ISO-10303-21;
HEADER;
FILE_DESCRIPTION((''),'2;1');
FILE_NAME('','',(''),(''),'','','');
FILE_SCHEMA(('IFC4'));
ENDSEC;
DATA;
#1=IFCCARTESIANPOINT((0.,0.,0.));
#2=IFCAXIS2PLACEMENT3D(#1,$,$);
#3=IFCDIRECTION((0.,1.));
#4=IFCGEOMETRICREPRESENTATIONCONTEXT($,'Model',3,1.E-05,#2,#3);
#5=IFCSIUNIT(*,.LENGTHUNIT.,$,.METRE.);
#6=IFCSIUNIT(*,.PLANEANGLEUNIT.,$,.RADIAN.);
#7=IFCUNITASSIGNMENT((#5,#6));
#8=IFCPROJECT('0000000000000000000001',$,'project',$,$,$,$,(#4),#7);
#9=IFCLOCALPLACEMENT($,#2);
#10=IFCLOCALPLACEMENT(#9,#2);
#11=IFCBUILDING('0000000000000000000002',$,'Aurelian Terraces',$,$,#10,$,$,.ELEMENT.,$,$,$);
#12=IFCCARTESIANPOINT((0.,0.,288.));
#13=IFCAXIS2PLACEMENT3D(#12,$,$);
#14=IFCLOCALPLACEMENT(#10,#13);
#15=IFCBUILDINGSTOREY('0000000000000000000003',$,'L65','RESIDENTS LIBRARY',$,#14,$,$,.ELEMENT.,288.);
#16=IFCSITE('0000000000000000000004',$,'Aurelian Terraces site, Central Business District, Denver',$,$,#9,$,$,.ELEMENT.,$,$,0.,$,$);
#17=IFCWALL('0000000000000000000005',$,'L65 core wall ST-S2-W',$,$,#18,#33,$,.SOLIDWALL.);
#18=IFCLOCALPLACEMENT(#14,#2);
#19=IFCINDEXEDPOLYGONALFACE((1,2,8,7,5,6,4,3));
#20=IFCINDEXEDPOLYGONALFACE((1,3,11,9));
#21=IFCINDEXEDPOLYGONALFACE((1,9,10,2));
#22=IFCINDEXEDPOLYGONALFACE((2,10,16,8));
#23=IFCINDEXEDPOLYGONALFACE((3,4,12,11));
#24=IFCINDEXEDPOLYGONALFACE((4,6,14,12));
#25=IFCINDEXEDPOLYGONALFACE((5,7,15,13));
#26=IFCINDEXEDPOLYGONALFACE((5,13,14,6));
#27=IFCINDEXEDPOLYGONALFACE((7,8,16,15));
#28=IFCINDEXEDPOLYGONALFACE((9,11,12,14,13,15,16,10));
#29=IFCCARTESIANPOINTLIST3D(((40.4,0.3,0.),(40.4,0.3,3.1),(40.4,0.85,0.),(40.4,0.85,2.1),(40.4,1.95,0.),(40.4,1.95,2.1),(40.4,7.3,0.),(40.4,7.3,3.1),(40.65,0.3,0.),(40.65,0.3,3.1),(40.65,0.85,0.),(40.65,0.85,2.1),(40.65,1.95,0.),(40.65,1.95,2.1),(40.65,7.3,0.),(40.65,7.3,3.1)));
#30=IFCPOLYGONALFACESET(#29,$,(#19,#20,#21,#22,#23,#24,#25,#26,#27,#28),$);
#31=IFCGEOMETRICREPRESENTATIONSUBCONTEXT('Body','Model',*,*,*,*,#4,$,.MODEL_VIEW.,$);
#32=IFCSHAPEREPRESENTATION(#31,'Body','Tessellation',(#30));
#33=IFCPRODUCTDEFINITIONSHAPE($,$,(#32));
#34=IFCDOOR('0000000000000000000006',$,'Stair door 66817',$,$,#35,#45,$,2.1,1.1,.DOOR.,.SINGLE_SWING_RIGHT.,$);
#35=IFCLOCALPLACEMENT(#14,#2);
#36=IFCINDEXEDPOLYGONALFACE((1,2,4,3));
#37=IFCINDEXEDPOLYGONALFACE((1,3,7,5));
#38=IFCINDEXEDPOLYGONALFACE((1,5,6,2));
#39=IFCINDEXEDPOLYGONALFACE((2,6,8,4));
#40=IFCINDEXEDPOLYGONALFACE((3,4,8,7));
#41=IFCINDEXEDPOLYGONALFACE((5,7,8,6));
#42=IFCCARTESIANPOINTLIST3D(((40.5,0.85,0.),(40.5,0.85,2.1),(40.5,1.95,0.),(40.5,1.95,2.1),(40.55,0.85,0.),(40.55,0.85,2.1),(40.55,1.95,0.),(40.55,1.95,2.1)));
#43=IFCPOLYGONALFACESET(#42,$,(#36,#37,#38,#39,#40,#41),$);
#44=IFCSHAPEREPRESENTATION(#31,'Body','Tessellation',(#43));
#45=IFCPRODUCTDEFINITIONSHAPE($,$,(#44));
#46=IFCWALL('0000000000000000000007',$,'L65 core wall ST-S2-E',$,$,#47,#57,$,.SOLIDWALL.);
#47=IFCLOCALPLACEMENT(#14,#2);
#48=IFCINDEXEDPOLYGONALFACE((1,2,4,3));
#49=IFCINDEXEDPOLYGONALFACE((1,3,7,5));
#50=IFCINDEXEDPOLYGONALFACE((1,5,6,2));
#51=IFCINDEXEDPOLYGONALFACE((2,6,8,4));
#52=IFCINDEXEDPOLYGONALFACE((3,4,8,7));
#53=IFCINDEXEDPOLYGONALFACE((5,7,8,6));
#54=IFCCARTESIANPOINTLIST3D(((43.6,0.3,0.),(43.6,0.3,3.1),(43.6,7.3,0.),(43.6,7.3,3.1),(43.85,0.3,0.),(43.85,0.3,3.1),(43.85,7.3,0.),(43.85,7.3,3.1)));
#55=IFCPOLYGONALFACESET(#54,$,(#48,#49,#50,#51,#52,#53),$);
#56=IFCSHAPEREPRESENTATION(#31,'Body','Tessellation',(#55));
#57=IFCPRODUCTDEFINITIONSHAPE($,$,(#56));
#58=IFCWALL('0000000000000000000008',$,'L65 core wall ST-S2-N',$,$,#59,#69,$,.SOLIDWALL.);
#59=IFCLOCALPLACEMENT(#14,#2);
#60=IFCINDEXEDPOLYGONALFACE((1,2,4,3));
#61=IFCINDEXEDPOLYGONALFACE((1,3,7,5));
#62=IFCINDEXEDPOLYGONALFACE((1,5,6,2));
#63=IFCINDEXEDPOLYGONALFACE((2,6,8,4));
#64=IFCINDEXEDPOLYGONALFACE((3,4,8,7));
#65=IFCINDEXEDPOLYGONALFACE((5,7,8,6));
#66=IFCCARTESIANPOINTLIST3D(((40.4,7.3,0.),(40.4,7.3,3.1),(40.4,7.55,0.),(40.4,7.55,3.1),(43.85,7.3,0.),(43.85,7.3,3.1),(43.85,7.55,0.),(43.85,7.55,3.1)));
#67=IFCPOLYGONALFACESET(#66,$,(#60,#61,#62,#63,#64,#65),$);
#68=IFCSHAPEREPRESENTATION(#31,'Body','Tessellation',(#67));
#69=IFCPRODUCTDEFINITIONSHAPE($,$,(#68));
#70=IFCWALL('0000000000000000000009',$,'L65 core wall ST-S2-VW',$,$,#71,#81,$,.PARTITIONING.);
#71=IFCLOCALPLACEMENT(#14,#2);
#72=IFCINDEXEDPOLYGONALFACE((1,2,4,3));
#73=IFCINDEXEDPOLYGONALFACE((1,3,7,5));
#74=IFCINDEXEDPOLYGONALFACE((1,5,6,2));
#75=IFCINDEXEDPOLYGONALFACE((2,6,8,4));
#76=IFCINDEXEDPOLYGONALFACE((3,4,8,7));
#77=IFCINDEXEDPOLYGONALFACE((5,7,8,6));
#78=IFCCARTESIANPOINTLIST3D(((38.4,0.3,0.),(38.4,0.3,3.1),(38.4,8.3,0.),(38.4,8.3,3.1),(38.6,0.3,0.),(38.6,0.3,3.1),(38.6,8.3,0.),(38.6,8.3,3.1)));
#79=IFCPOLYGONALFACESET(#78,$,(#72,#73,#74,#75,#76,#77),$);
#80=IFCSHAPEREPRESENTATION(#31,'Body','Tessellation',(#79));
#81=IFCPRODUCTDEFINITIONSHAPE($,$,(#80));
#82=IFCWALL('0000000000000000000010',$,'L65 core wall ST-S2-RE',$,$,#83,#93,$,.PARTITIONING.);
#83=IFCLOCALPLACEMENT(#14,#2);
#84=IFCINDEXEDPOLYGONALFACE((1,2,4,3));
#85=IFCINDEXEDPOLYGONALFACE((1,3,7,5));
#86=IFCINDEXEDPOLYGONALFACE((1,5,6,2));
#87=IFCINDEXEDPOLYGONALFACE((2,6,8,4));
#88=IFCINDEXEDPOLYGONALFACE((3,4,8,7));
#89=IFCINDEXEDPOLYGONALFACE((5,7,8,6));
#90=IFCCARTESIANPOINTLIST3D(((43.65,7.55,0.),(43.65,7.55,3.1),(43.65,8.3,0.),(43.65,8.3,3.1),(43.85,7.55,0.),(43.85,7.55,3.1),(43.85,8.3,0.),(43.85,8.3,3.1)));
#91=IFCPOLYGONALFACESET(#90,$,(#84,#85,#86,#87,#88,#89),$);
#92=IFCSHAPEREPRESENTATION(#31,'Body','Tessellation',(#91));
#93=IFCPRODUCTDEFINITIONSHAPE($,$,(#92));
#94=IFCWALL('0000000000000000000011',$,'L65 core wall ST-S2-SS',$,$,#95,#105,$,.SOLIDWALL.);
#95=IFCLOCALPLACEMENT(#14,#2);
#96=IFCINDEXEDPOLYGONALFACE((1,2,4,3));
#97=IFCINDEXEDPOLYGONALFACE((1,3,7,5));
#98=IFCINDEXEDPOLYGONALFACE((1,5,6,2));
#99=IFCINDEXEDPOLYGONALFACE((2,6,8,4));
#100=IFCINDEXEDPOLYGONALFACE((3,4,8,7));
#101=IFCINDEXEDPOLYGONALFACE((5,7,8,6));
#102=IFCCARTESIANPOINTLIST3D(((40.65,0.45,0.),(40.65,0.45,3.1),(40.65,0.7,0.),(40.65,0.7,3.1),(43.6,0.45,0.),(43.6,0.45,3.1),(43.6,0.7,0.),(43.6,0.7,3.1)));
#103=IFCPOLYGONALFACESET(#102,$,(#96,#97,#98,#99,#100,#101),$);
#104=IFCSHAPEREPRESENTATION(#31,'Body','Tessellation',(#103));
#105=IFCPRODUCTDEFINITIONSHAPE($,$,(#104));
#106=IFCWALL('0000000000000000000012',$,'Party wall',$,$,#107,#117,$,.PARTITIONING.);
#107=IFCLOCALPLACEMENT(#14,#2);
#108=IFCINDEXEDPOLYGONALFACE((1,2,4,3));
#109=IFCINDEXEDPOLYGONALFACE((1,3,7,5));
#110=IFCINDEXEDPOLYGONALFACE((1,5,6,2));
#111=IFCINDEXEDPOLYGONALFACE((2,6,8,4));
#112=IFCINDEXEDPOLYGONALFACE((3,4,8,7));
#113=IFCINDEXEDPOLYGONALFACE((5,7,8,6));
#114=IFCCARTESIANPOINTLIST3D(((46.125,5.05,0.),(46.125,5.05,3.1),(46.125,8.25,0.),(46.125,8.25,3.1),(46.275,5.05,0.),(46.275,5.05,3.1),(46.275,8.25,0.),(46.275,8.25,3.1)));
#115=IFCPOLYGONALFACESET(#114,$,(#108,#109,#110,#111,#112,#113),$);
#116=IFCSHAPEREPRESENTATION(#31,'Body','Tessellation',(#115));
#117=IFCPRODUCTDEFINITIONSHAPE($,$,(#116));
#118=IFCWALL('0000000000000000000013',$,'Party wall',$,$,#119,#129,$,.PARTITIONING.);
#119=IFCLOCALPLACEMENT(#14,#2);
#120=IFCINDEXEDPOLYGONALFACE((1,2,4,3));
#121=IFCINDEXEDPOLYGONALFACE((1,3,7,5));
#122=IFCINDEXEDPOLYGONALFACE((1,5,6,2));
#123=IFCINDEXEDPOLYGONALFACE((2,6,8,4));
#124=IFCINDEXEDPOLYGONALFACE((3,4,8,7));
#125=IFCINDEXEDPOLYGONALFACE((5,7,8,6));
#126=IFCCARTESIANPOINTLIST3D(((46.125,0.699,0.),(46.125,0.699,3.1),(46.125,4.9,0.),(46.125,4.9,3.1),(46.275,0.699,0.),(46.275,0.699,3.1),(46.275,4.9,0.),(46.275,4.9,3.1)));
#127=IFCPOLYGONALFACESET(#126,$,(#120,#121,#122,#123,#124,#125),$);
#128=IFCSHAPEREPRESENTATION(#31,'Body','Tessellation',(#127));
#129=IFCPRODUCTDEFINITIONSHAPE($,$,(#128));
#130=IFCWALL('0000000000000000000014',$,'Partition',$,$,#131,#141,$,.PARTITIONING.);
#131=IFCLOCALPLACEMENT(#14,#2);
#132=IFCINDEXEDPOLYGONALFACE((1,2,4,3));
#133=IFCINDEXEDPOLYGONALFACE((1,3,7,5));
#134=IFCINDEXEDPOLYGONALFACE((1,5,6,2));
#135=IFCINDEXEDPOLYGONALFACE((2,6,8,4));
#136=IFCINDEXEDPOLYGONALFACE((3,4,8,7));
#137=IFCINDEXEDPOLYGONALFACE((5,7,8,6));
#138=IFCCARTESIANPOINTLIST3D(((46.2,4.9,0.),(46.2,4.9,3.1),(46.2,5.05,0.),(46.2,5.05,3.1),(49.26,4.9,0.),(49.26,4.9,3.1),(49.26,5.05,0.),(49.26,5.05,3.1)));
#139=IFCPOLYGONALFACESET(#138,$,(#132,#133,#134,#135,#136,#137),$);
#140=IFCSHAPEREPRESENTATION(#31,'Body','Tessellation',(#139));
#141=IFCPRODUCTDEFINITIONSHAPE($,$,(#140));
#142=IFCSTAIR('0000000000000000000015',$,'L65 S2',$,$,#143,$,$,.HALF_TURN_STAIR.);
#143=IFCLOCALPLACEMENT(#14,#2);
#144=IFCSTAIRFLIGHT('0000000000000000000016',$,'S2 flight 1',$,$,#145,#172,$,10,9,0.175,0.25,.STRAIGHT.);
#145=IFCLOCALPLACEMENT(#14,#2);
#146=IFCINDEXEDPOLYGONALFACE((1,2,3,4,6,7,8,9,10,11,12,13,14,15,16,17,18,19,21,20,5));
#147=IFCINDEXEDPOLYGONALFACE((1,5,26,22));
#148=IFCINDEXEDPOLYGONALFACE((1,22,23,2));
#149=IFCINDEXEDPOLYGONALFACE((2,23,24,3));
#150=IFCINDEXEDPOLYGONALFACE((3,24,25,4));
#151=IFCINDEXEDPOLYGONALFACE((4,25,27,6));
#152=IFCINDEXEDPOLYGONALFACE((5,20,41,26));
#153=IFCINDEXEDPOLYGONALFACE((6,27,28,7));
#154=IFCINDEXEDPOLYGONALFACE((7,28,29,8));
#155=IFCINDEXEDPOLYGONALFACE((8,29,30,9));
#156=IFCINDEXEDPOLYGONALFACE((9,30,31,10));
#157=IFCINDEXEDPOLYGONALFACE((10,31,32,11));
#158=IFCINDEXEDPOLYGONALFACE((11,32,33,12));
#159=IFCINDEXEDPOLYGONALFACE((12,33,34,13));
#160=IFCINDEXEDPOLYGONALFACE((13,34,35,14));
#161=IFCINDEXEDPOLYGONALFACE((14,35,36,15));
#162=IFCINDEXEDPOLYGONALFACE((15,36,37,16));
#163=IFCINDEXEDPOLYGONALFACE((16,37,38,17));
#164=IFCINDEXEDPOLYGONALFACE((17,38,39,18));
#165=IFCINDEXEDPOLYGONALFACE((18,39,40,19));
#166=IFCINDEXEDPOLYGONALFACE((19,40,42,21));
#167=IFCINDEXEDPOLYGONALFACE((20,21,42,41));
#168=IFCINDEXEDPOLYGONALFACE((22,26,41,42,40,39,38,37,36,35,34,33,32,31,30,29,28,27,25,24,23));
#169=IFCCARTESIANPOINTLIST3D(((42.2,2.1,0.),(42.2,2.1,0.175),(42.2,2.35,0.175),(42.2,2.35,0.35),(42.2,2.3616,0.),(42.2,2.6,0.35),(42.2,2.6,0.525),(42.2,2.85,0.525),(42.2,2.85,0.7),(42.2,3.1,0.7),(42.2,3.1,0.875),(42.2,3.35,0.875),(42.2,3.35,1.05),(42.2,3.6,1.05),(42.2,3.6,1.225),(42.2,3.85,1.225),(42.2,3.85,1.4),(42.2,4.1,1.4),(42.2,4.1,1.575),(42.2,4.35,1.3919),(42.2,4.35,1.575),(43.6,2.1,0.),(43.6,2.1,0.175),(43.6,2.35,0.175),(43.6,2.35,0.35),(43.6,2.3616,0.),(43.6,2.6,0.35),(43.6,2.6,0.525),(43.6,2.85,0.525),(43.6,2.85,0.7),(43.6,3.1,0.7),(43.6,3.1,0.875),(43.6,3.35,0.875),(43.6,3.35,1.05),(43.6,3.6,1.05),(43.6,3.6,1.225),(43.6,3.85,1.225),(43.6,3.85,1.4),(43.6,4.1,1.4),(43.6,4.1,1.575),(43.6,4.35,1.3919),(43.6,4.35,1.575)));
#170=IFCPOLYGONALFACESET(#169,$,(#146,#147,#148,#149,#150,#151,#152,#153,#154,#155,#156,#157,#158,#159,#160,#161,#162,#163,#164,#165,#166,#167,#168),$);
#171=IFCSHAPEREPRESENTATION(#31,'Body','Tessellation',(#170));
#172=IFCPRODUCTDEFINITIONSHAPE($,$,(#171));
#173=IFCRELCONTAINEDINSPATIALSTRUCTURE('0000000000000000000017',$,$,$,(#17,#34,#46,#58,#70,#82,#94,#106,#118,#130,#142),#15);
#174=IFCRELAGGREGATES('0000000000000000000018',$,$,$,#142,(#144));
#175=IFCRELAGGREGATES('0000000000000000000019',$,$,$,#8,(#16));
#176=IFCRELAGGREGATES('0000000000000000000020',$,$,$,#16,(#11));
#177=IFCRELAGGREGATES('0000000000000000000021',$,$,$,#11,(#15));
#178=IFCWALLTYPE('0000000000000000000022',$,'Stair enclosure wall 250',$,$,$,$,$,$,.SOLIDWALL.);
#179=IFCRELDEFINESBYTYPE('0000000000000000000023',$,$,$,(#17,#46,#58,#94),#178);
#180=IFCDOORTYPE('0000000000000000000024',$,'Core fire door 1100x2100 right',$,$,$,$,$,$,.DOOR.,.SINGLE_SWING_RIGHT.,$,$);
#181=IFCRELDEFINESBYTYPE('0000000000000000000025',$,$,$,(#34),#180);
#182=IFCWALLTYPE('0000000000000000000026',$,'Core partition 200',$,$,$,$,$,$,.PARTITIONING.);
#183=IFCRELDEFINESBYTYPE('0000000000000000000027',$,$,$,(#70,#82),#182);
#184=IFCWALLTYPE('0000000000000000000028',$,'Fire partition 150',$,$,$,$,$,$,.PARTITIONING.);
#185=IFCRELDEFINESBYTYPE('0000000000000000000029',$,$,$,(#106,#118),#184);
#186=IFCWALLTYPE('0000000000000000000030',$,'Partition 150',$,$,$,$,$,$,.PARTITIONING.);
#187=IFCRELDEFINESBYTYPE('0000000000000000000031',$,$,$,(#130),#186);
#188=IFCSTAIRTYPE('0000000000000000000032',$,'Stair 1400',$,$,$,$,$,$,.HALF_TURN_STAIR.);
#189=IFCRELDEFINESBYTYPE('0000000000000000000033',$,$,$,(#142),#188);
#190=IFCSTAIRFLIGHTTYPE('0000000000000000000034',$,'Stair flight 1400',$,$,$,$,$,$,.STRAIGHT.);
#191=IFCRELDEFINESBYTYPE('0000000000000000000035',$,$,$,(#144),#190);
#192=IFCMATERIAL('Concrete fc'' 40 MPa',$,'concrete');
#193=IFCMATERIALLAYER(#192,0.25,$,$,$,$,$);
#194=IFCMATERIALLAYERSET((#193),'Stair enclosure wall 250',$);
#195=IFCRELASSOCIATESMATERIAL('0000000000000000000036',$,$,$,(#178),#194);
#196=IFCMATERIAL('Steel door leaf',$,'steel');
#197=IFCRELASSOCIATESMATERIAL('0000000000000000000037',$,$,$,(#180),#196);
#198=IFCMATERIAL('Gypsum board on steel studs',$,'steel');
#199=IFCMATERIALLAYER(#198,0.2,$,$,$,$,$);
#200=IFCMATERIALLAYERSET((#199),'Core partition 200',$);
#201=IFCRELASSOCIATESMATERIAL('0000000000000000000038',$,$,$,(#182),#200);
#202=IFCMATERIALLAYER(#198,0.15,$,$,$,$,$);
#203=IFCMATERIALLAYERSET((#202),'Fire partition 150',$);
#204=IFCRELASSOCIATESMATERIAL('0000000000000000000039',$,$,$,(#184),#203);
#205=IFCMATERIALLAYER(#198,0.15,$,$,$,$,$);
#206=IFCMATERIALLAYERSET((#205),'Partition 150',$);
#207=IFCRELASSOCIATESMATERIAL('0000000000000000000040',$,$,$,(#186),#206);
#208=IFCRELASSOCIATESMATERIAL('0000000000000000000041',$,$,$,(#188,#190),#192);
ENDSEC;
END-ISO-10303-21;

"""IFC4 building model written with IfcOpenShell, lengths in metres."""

from ifc_helpers import new_model, si_unit, direction, frame, frame_2d, origin, place, context, subcontext, project, spatial, polyline, rectangle, outline, extrude, source, transform, mapped, material, layer, layer_set, type_object, element, fill, aggregate, save


model = new_model("IFC4")

# Units and contexts
model_context = context("Model", 3, precision=1e-05, world=origin(), true_north=direction((0.0, 1.0)))
body_context = subcontext(model_context, "Body", "Model", "MODEL_VIEW")
ifc_project = project(units=[si_unit("LENGTHUNIT", "METRE"), si_unit("PLANEANGLEUNIT", "RADIAN")], contexts=[model_context])

# Site, building, storey
site_placement = place(None, origin())
site = spatial("IfcSite", under=ifc_project, at=site_placement, Name="Aurelian Terraces site, Central Business District, Denver", CompositionType="ELEMENT", RefElevation=0.0)
building_placement = place(site_placement, origin())
building = spatial("IfcBuilding", under=site, at=building_placement, Name="Aurelian Terraces", CompositionType="ELEMENT")
storey_placement = place(building_placement, frame((0.0, 0.0, 288.0)))
storey = spatial("IfcBuildingStorey", under=building, at=storey_placement, Name="L65", Description="RESIDENTS LIBRARY", CompositionType="ELEMENT", Elevation=288.0)

# Shared definitions
ifc_material_1 = material(Name="Concrete fc' 40 MPa", Category="concrete")

# Wall, opening, door
ifc_layer_1 = layer(ifc_material_1, 0.25)
ifc_layer_set_1 = layer_set([ifc_layer_1], Name="Stair enclosure wall 250")
wall_type_1 = type_object("IfcWallType", Name="Stair enclosure wall 250", PredefinedType="SOLIDWALL", material=ifc_layer_set_1)
shared_shape_1 = source(origin(), body_context, "Body", "SweptSolid", [
    extrude(rectangle(XDim=7.0, YDim=0.25, at=frame_2d((3.5, 0.0))), origin(), (0.0, 0.0, 1.0), 3.1),
])
wall_1_placement = place(storey_placement, frame((40.525, 0.3, 0.0), z_axis=(0.0, 0.0, 1.0), x_axis=(0.0, 1.0, 0.0)))
wall_1 = element("IfcWall", 1, at=wall_1_placement, inside=storey, type_object=wall_type_1, Name="L65 core wall ST-S2-W", PredefinedType="SOLIDWALL", context=body_context, shape_type="MappedRepresentation", body=[
    mapped(shared_shape_1, transform((0.0, 0.0, 0.0), scale=1.0)),
])
shared_shape_2 = source(origin(), body_context, "Body", "SweptSolid", [
    extrude(rectangle(XDim=1.1, YDim=2.1, at=frame_2d((0.55, 1.05))), frame((0.0, 0.135, 0.0), z_axis=(0.0, -1.0, 0.0), x_axis=(1.0, 0.0, 0.0)), (0.0, 0.0, 1.0), 0.27),
])
opening_1_placement = place(wall_1_placement, frame((0.55, 0.0, 0.0)))
opening_1 = element("IfcOpeningElement", 2, at=opening_1_placement, cuts=wall_1, PredefinedType="OPENING", context=body_context, shape_type="MappedRepresentation", body=[
    mapped(shared_shape_2, transform((0.0, 0.0, 0.0), scale=1.0)),
])
ifc_material_2 = material(Name="Steel door leaf", Category="steel")
door_type = type_object("IfcDoorType", Name="Core fire door 1100x2100 right", OperationType="SINGLE_SWING_RIGHT", PredefinedType="DOOR", material=ifc_material_2)
shared_shape_3 = source(origin(), body_context, "Body", "SweptSolid", [
    extrude(rectangle(XDim=1.1, YDim=2.1, at=frame_2d((0.55, 1.05))), frame((0.0, 0.025, 0.0), z_axis=(0.0, -1.0, 0.0), x_axis=(1.0, 0.0, 0.0)), (0.0, 0.0, 1.0), 0.05),
])
door_placement = place(opening_1_placement, origin())
door = element("IfcDoor", 3, at=door_placement, inside=storey, type_object=door_type, Name="Stair door 66817", OperationType="SINGLE_SWING_RIGHT", OverallHeight=2.1, OverallWidth=1.1, PredefinedType="DOOR", context=body_context, shape_type="MappedRepresentation", body=[
    mapped(shared_shape_3, transform((0.0, 0.0, 0.0), scale=1.0)),
])
fill(opening_1, door)

# Walls
wall_2_placement = place(storey_placement, frame((43.725, 0.3, 0.0), z_axis=(0.0, 0.0, 1.0), x_axis=(0.0, 1.0, 0.0)))
element("IfcWall", 4, at=wall_2_placement, inside=storey, type_object=wall_type_1, Name="L65 core wall ST-S2-E", PredefinedType="SOLIDWALL", context=body_context, shape_type="MappedRepresentation", body=[
    mapped(shared_shape_1, transform((0.0, 0.0, 0.0), scale=1.0)),
])
shared_shape_4 = source(origin(), body_context, "Body", "SweptSolid", [
    extrude(rectangle(XDim=3.45, YDim=0.25, at=frame_2d((1.725, 0.0))), origin(), (0.0, 0.0, 1.0), 3.1),
])
wall_3_placement = place(storey_placement, frame((40.4, 7.425, 0.0), z_axis=(0.0, 0.0, 1.0), x_axis=(1.0, 0.0, 0.0)))
element("IfcWall", 5, at=wall_3_placement, inside=storey, type_object=wall_type_1, Name="L65 core wall ST-S2-N", PredefinedType="SOLIDWALL", context=body_context, shape_type="MappedRepresentation", body=[
    mapped(shared_shape_4, transform((0.0, 0.0, 0.0), scale=1.0)),
])
ifc_material_3 = material(Name="Gypsum board on steel studs", Category="steel")
ifc_layer_2 = layer(ifc_material_3, 0.2)
ifc_layer_set_2 = layer_set([ifc_layer_2], Name="Core partition 200")
wall_type_2 = type_object("IfcWallType", Name="Core partition 200", PredefinedType="PARTITIONING", material=ifc_layer_set_2)
shared_shape_5 = source(origin(), body_context, "Body", "SweptSolid", [
    extrude(rectangle(XDim=8.0, YDim=0.2, at=frame_2d((4.0, 0.0))), origin(), (0.0, 0.0, 1.0), 3.1),
])
wall_4_placement = place(storey_placement, frame((38.5, 0.3, 0.0), z_axis=(0.0, 0.0, 1.0), x_axis=(0.0, 1.0, 0.0)))
element("IfcWall", 6, at=wall_4_placement, inside=storey, type_object=wall_type_2, Name="L65 core wall ST-S2-VW", PredefinedType="PARTITIONING", context=body_context, shape_type="MappedRepresentation", body=[
    mapped(shared_shape_5, transform((0.0, 0.0, 0.0), scale=1.0)),
])
shared_shape_6 = source(origin(), body_context, "Body", "SweptSolid", [
    extrude(rectangle(XDim=0.75, YDim=0.2, at=frame_2d((0.375, 0.0))), origin(), (0.0, 0.0, 1.0), 3.1),
])
wall_5_placement = place(storey_placement, frame((43.75, 7.55, 0.0), z_axis=(0.0, 0.0, 1.0), x_axis=(0.0, 1.0, 0.0)))
element("IfcWall", 7, at=wall_5_placement, inside=storey, type_object=wall_type_2, Name="L65 core wall ST-S2-RE", PredefinedType="PARTITIONING", context=body_context, shape_type="MappedRepresentation", body=[
    mapped(shared_shape_6, transform((0.0, 0.0, 0.0), scale=1.0)),
])
shared_shape_7 = source(origin(), body_context, "Body", "SweptSolid", [
    extrude(rectangle(XDim=2.95, YDim=0.25, at=frame_2d((1.475, 0.0))), origin(), (0.0, 0.0, 1.0), 3.1),
])
wall_6_placement = place(storey_placement, frame((40.65, 0.575, 0.0), z_axis=(0.0, 0.0, 1.0), x_axis=(1.0, 0.0, 0.0)))
element("IfcWall", 8, at=wall_6_placement, inside=storey, type_object=wall_type_1, Name="L65 core wall ST-S2-SS", PredefinedType="SOLIDWALL", context=body_context, shape_type="MappedRepresentation", body=[
    mapped(shared_shape_7, transform((0.0, 0.0, 0.0), scale=1.0)),
])
ifc_layer_3 = layer(ifc_material_3, 0.15)
ifc_layer_set_3 = layer_set([ifc_layer_3], Name="Fire partition 150")
wall_type_3 = type_object("IfcWallType", Name="Fire partition 150", PredefinedType="PARTITIONING", material=ifc_layer_set_3)
shared_shape_8 = source(origin(), body_context, "Body", "SweptSolid", [
    extrude(rectangle(XDim=3.2, YDim=0.15, at=frame_2d((1.6, 0.0))), origin(), (0.0, 0.0, 1.0), 3.1),
])
wall_7_placement = place(storey_placement, frame((46.2, 5.05, 0.0), z_axis=(0.0, 0.0, 1.0), x_axis=(0.0, 1.0, 0.0)))
element("IfcWall", 9, at=wall_7_placement, inside=storey, type_object=wall_type_3, Name="Party wall", PredefinedType="PARTITIONING", context=body_context, shape_type="MappedRepresentation", body=[
    mapped(shared_shape_8, transform((0.0, 0.0, 0.0), scale=1.0)),
])
shared_shape_9 = source(origin(), body_context, "Body", "SweptSolid", [
    extrude(rectangle(XDim=4.201, YDim=0.15, at=frame_2d((2.1005, 0.0))), origin(), (0.0, 0.0, 1.0), 3.1),
])
wall_8_placement = place(storey_placement, frame((46.2, 0.699, 0.0), z_axis=(0.0, 0.0, 1.0), x_axis=(0.0, 1.0, 0.0)))
element("IfcWall", 10, at=wall_8_placement, inside=storey, type_object=wall_type_3, Name="Party wall", PredefinedType="PARTITIONING", context=body_context, shape_type="MappedRepresentation", body=[
    mapped(shared_shape_9, transform((0.0, 0.0, 0.0), scale=1.0)),
])
ifc_layer_4 = layer(ifc_material_3, 0.15)
ifc_layer_set_4 = layer_set([ifc_layer_4], Name="Partition 150")
wall_type_4 = type_object("IfcWallType", Name="Partition 150", PredefinedType="PARTITIONING", material=ifc_layer_set_4)
shared_shape_10 = source(origin(), body_context, "Body", "SweptSolid", [
    extrude(rectangle(XDim=3.06, YDim=0.15, at=frame_2d((1.53, 0.0))), origin(), (0.0, 0.0, 1.0), 3.1),
])
wall_9_placement = place(storey_placement, frame((49.26, 4.975, 0.0), z_axis=(0.0, 0.0, 1.0), x_axis=(-1.0, 0.0, 0.0)))
element("IfcWall", 11, at=wall_9_placement, inside=storey, type_object=wall_type_4, Name="Partition", PredefinedType="PARTITIONING", context=body_context, shape_type="MappedRepresentation", body=[
    mapped(shared_shape_10, transform((0.0, 0.0, 0.0), scale=1.0)),
])

# Stair, stair flight
stair_type = type_object("IfcStairType", Name="Stair 1400", PredefinedType="HALF_TURN_STAIR", material=ifc_material_1)
stair_placement = place(storey_placement, origin())
stair = element("IfcStair", 12, at=stair_placement, inside=storey, type_object=stair_type, Name="L65 S2", PredefinedType="HALF_TURN_STAIR")
stair_flight_type = type_object("IfcStairFlightType", Name="Stair flight 1400", PredefinedType="STRAIGHT", material=ifc_material_1)
shared_shape_11 = source(origin(), body_context, "Body", "SweptSolid", [
    extrude(outline(polyline([(0.0, 0.0), (0.0, 0.175), (0.25, 0.175), (0.25, 0.35), (0.5, 0.35), (0.5, 0.525), (0.75, 0.525), (0.75, 0.7), (1.0, 0.7), (1.0, 0.875), (1.25, 0.875), (1.25, 1.05), (1.5, 1.05), (1.5, 1.225), (1.75, 1.225), (1.75, 1.4), (2.0, 1.4), (2.0, 1.575), (2.25, 1.575), (2.25, 1.75), (2.25, 1.3919), (0.2616, 0.0), (0.0, 0.0)])), frame((0.0, 0.7, 0.0), z_axis=(0.0, -1.0, 0.0), x_axis=(1.0, 0.0, 0.0)), (0.0, 0.0, 1.0), 1.4),
])
stair_flight_1_placement = place(storey_placement, frame((42.9, 2.1, 0.0), z_axis=(0.0, 0.0, 1.0), x_axis=(0.0, 1.0, 0.0)))
stair_flight_1 = element("IfcStairFlight", 13, at=stair_flight_1_placement, type_object=stair_flight_type, Name="S2 flight 1", NumberOfRisers=10, NumberOfTreads=9, PredefinedType="STRAIGHT", RiserHeight=0.175, TreadLength=0.25, context=body_context, shape_type="MappedRepresentation", body=[
    mapped(shared_shape_11, transform((0.0, 0.0, 0.0), scale=1.0)),
])
aggregate(stair, [stair_flight_1])

save(model, "model.ifc")
